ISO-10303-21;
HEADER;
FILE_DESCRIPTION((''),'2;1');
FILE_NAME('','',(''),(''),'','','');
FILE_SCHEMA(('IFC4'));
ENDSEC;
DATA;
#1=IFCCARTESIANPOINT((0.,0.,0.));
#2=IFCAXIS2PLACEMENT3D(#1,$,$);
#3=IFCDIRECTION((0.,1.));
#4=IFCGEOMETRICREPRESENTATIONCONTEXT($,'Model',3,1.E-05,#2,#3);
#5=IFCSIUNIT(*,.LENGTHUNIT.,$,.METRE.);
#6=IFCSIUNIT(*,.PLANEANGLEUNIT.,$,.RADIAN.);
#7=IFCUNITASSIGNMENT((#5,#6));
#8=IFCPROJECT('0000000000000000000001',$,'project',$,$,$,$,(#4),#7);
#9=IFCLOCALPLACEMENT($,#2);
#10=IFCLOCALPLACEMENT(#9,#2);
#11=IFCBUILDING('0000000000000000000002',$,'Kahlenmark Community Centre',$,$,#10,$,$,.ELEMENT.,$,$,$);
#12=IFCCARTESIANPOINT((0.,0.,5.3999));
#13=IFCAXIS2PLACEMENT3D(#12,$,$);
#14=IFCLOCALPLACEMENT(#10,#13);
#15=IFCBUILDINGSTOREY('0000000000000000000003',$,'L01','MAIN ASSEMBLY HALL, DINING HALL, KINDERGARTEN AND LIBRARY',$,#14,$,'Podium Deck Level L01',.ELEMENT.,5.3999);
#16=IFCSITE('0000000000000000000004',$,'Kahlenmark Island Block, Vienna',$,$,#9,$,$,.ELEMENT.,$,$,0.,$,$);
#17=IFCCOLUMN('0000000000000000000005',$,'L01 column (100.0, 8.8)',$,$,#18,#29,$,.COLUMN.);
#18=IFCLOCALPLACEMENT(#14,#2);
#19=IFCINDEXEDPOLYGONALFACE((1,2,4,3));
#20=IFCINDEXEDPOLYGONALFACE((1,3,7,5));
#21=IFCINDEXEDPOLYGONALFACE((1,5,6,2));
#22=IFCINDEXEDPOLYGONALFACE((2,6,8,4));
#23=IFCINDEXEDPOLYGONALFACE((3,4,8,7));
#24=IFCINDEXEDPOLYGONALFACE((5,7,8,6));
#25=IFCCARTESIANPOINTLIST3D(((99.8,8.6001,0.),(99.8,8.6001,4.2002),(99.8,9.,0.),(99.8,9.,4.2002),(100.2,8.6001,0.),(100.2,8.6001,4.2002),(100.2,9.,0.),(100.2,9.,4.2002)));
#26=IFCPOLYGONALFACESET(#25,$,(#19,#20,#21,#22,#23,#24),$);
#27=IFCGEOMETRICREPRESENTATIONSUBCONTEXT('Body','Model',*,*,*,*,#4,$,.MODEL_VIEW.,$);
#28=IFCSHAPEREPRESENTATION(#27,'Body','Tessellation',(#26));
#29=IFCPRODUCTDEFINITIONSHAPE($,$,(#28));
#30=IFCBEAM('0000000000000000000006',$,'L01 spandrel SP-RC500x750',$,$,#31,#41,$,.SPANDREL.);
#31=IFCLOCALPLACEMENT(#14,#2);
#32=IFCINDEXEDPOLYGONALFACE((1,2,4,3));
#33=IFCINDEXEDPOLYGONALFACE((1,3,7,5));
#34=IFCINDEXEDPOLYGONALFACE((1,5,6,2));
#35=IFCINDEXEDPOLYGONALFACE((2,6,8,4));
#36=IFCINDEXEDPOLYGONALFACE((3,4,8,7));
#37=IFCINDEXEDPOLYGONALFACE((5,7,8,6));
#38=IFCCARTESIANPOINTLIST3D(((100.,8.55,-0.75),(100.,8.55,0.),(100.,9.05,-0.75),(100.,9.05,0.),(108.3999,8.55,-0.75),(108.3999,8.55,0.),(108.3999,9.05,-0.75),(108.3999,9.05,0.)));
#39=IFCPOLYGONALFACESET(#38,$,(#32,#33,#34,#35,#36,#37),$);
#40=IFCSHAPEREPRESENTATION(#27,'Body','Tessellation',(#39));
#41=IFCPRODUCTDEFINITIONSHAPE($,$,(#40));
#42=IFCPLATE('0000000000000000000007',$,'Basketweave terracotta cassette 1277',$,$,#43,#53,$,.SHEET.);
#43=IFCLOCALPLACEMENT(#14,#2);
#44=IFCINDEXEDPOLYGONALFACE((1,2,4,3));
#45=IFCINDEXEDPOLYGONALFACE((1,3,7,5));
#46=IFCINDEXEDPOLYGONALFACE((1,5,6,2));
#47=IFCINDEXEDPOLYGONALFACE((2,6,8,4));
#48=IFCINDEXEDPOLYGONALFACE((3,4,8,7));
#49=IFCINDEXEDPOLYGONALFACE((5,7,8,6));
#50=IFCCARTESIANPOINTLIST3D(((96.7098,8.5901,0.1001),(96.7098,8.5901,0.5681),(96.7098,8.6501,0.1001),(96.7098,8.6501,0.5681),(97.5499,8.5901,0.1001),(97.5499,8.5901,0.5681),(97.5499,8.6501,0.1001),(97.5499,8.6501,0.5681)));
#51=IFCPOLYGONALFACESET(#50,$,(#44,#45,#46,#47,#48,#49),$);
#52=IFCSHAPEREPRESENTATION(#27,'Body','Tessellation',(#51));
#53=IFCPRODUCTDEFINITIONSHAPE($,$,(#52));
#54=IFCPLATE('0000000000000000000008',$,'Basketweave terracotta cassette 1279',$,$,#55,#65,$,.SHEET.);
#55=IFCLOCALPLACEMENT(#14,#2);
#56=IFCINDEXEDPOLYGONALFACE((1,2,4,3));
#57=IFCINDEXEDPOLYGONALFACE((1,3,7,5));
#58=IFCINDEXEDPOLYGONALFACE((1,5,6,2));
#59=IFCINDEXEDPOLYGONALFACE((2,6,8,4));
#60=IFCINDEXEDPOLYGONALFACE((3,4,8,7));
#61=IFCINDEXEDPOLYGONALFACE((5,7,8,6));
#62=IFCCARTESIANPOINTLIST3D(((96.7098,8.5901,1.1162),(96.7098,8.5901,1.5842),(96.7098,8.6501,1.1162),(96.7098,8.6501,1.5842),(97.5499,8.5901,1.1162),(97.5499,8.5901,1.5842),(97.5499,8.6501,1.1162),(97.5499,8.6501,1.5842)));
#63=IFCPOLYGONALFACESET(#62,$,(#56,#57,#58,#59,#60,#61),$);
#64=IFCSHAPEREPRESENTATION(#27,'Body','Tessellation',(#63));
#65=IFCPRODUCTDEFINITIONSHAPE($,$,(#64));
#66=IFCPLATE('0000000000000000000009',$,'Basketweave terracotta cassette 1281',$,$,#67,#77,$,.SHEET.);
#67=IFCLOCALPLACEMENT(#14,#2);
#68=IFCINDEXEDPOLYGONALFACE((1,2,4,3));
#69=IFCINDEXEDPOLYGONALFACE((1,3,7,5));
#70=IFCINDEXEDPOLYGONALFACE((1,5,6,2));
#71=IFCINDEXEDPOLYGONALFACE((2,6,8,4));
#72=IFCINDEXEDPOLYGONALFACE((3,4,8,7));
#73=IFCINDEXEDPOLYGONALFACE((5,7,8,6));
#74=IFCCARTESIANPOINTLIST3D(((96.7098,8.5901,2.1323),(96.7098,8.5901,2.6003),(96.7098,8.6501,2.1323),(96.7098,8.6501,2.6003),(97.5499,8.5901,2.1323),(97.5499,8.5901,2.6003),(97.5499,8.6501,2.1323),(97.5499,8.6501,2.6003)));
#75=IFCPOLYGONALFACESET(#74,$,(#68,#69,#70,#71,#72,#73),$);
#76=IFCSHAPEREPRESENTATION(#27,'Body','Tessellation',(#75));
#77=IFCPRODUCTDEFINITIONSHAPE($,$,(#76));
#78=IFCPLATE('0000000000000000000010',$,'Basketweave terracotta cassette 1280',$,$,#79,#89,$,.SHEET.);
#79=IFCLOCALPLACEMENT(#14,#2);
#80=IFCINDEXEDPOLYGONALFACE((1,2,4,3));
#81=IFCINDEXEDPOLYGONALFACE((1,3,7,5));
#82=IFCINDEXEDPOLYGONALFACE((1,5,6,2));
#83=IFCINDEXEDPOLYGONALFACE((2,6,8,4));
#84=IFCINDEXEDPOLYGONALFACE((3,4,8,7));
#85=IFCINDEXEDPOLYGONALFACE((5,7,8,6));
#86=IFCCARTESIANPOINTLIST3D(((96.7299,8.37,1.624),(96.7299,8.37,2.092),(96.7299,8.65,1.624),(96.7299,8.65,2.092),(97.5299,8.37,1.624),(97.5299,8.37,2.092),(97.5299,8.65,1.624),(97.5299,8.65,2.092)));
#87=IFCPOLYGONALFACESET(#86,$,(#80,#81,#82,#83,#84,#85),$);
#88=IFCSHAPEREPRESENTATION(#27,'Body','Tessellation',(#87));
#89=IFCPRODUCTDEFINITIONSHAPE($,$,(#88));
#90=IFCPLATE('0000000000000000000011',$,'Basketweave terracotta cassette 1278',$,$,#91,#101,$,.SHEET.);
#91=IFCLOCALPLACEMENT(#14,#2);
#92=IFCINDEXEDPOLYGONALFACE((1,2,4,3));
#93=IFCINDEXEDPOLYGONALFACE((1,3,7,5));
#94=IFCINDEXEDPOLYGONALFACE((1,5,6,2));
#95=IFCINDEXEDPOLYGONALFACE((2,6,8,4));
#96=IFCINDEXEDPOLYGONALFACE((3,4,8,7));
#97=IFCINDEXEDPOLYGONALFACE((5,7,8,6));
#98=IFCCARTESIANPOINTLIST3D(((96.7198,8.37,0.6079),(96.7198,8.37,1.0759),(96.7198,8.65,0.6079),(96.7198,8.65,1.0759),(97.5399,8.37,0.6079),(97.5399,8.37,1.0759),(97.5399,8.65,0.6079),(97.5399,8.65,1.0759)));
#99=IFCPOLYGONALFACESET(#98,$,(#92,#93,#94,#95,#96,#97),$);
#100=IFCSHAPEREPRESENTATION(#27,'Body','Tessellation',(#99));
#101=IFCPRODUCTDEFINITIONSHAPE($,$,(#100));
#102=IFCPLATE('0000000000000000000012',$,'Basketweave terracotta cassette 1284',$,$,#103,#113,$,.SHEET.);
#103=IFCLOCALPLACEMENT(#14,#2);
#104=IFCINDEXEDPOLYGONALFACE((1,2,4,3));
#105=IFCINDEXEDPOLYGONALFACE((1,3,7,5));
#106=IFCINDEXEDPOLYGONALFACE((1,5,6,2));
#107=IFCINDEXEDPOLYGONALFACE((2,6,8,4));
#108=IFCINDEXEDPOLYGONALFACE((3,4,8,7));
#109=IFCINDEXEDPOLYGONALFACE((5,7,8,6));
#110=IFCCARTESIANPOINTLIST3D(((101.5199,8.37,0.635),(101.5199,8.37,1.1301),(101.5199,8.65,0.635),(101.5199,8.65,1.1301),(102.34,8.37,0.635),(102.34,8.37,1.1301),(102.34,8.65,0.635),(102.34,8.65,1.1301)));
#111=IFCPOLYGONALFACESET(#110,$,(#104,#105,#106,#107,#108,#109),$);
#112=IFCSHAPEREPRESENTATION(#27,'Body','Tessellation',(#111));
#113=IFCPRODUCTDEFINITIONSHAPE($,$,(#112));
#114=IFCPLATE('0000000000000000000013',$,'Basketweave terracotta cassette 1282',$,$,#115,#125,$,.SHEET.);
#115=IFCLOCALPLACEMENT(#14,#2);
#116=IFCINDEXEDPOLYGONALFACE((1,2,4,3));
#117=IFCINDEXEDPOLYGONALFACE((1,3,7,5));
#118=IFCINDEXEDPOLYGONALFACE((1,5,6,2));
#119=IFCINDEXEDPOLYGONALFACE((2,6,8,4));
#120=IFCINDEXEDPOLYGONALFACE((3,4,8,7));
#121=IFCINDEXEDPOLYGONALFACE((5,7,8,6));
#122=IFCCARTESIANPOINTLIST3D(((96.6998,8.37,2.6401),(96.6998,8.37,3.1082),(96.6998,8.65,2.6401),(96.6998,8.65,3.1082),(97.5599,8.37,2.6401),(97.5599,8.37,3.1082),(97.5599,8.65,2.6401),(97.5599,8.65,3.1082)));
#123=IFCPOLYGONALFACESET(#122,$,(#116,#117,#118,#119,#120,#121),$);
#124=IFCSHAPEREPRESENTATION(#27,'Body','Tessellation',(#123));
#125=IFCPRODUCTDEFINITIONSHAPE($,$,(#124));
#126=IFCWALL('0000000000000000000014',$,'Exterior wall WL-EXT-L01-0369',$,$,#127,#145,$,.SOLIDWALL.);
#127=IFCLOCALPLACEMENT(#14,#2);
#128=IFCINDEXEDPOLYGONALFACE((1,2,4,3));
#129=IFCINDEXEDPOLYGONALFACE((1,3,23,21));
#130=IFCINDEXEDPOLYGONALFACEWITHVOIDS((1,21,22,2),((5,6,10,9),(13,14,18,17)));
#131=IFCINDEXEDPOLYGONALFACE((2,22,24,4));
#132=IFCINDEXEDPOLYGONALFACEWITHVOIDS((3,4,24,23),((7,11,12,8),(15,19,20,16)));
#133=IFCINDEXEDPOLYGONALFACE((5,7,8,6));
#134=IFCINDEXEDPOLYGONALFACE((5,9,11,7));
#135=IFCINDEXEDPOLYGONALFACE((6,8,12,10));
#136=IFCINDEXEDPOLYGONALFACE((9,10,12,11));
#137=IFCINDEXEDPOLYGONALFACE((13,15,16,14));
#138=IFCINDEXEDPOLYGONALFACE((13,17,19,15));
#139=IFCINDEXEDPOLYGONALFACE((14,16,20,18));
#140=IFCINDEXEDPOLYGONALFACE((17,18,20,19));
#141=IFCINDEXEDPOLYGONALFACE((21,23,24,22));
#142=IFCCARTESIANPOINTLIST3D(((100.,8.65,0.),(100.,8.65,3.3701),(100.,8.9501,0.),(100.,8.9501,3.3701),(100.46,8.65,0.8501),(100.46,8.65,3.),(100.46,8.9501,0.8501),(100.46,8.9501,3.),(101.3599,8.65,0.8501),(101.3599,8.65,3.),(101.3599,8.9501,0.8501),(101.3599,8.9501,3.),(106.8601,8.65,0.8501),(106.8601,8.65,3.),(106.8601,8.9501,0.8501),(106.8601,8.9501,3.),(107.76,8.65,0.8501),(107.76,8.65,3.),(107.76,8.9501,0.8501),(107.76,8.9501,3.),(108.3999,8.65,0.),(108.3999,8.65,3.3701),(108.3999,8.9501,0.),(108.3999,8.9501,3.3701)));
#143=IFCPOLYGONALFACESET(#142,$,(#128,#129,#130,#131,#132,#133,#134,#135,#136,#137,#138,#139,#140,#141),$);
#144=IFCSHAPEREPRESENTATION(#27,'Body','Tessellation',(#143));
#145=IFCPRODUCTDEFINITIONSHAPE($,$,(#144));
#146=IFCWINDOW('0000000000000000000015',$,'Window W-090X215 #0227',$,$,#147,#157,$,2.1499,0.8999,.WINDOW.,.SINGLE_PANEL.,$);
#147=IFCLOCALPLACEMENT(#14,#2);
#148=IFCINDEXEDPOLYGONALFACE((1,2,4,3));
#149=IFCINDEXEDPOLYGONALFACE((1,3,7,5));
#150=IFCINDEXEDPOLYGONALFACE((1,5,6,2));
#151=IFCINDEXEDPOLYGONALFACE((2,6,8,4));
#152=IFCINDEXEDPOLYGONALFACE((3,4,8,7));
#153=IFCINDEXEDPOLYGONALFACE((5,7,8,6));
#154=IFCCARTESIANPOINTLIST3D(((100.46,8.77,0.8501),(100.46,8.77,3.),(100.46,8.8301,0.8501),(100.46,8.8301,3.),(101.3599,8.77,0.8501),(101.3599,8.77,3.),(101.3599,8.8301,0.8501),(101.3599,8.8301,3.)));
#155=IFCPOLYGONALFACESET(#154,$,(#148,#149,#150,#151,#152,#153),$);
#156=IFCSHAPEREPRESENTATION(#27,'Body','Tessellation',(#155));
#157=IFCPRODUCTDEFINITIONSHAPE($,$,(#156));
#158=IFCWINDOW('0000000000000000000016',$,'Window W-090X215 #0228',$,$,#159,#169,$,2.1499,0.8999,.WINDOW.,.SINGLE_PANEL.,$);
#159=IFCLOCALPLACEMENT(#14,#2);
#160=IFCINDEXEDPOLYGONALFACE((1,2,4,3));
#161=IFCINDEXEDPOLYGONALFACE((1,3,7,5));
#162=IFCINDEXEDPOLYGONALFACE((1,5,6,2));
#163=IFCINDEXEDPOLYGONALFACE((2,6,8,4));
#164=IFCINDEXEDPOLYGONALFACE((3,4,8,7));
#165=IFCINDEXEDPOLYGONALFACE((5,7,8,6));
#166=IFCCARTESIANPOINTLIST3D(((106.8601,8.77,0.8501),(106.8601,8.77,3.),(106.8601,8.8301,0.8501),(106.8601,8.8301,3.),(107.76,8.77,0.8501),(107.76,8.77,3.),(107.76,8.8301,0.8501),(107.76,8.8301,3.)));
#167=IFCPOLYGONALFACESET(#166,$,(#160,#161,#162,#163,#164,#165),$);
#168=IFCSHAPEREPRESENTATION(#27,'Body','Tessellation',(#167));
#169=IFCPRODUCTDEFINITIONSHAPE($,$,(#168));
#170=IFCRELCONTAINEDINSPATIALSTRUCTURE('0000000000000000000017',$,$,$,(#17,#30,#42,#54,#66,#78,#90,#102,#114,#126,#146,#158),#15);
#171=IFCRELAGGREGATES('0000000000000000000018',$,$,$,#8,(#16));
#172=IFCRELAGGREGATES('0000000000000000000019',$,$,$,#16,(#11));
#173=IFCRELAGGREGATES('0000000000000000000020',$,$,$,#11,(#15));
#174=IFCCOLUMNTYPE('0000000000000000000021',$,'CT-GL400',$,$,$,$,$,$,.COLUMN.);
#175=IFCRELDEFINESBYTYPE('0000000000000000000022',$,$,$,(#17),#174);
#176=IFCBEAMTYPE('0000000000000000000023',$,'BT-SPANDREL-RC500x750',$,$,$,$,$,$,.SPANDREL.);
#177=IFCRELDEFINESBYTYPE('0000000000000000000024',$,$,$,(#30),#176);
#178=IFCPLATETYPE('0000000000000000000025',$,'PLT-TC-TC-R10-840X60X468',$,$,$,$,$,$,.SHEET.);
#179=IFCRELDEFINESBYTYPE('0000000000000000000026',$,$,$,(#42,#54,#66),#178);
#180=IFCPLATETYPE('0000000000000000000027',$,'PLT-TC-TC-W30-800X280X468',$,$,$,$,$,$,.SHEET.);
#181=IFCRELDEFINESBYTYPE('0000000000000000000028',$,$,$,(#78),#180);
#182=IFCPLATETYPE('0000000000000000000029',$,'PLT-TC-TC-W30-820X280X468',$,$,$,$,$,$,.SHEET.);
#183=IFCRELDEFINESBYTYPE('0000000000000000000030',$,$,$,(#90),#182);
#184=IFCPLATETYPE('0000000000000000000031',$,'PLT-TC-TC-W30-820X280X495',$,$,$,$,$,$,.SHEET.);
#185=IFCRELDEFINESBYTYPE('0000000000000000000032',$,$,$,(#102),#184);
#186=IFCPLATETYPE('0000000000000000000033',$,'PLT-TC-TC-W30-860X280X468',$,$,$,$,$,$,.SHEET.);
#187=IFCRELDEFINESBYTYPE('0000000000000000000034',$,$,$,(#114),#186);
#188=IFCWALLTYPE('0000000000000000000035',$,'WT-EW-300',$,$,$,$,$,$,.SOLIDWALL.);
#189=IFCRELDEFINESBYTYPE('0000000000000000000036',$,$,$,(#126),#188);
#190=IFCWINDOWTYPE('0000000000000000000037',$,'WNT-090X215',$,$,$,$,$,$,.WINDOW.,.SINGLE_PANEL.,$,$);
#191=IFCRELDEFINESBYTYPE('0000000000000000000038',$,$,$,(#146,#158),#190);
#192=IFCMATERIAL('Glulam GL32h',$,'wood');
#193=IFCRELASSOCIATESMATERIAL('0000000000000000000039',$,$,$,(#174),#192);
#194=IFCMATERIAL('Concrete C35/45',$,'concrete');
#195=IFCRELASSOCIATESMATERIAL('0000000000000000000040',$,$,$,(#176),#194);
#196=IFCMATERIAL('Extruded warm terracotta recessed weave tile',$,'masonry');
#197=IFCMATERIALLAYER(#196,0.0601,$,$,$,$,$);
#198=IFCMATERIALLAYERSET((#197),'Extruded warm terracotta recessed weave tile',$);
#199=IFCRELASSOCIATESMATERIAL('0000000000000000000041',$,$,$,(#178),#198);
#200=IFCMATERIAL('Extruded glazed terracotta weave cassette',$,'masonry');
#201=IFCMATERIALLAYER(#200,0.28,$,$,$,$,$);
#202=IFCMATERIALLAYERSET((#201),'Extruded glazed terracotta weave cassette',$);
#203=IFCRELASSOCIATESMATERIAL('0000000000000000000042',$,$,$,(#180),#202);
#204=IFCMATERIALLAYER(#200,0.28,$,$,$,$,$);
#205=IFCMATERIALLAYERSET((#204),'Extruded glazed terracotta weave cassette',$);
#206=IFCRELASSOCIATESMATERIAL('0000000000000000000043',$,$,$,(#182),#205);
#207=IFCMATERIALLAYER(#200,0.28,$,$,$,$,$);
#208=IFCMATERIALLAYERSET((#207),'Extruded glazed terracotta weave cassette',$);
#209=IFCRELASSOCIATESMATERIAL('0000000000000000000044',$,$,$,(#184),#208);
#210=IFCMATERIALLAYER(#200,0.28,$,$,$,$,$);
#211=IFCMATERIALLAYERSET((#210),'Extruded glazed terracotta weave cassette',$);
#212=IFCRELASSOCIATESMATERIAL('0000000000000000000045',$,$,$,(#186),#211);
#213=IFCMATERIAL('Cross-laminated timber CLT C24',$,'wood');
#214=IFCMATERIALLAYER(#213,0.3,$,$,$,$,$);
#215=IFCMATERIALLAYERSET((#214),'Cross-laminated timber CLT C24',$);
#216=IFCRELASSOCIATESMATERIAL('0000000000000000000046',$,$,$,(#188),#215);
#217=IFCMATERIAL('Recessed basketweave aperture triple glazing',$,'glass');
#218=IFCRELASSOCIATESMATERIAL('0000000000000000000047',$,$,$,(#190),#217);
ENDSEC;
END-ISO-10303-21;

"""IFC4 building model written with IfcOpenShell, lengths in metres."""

from ifc_helpers import new_model, si_unit, direction, frame, frame_2d, origin, origin_2d, place, context, subcontext, project, spatial, rectangle, extrude, material, layer, layer_set, material_profile, profile_set, type_object, element, fill, save


model = new_model("IFC4")

# Units and contexts
model_context = context("Model", 3, precision=1e-05, world=origin(), true_north=direction((0.0, 1.0)))
body_context = subcontext(model_context, "Body", "Model", "MODEL_VIEW")
ifc_project = project(units=[si_unit("LENGTHUNIT", "METRE"), si_unit("PLANEANGLEUNIT", "RADIAN")], contexts=[model_context])

# Site, building, storey
site_placement = place(None, origin())
site = spatial("IfcSite", under=ifc_project, at=site_placement, Name="Kahlenmark Island Block, Vienna", CompositionType="ELEMENT", RefElevation=0.0)
building_placement = place(site_placement, origin())
building = spatial("IfcBuilding", under=site, at=building_placement, Name="Kahlenmark Community Centre", CompositionType="ELEMENT")
storey_placement = place(building_placement, frame((0.0, 0.0, 5.3999)))
storey = spatial("IfcBuildingStorey", under=building, at=storey_placement, Name="L01", Description="MAIN ASSEMBLY HALL, DINING HALL, KINDERGARTEN AND LIBRARY", LongName="Podium Deck Level L01", CompositionType="ELEMENT", Elevation=5.3999)

# Column
ifc_material_1 = material(Name="Glulam GL32h", Category="wood")
ifc_material_profile_1 = material_profile(ifc_material_1, rectangle(XDim=0.3999, YDim=0.3999, at=origin_2d()), Name="GL32h 400x400")
ifc_profile_set_1 = profile_set([ifc_material_profile_1], Name="Glulam GL32h")
column_type = type_object("IfcColumnType", Name="CT-GL400", PredefinedType="COLUMN", material=ifc_profile_set_1)
column_placement = place(storey_placement, frame((100.0, 8.8, 0.0), z_axis=(0.0, 0.0, 1.0), x_axis=(1.0, 0.0, 0.0)))
element("IfcColumn", 1, at=column_placement, inside=storey, type_object=column_type, Name="L01 column (100.0, 8.8)", PredefinedType="COLUMN", context=body_context, shape_type="SweptSolid", body=[
    extrude(rectangle(XDim=0.3999, YDim=0.3999, at=origin_2d()), origin(), (0.0, 0.0, 1.0), 4.2002),
])

# Beam
ifc_material_2 = material(Name="Concrete C35/45", Category="concrete")
ifc_material_profile_2 = material_profile(ifc_material_2, rectangle(XDim=0.5, YDim=0.75, at=origin_2d()), Name="RC 500x750")
ifc_profile_set_2 = profile_set([ifc_material_profile_2], Name="Concrete C35/45")
beam_type = type_object("IfcBeamType", Name="BT-SPANDREL-RC500x750", PredefinedType="SPANDREL", material=ifc_profile_set_2)
beam_placement = place(storey_placement, frame((100.0, 8.8, -0.375), z_axis=(1.0, 0.0, 0.0), x_axis=(0.0, 1.0, 0.0)))
element("IfcBeam", 2, at=beam_placement, inside=storey, type_object=beam_type, Name="L01 spandrel SP-RC500x750", PredefinedType="SPANDREL", context=body_context, shape_type="SweptSolid", body=[
    extrude(rectangle(XDim=0.5, YDim=0.75, at=origin_2d()), origin(), (0.0, 0.0, 1.0), 8.3999),
])

# Plates
ifc_material_3 = material(Name="Extruded warm terracotta recessed weave tile", Category="masonry")
ifc_layer_1 = layer(ifc_material_3, 0.0601)
ifc_layer_set_1 = layer_set([ifc_layer_1], Name="Extruded warm terracotta recessed weave tile")
plate_type_1 = type_object("IfcPlateType", Name="PLT-TC-TC-R10-840X60X468", PredefinedType="SHEET", material=ifc_layer_set_1)
for number, where, z_axis, x_axis, name in (
    (3, (97.1299, 8.6201, 0.1001), (0.0, 0.0, 1.0), (1.0, 0.0, 0.0), "Basketweave terracotta cassette 1277"),
    (4, (97.1299, 8.6201, 1.1162), (0.0, 0.0, 1.0), (1.0, 0.0, 0.0), "Basketweave terracotta cassette 1279"),
    (5, (97.1299, 8.6201, 2.1323), (0.0, 0.0, 1.0), (1.0, 0.0, 0.0), "Basketweave terracotta cassette 1281"),
):
    element("IfcPlate", number, at=place(storey_placement, frame(where, z_axis=z_axis, x_axis=x_axis)), inside=storey, type_object=plate_type_1, Name=name, PredefinedType="SHEET", context=body_context, shape_type="SweptSolid", body=[
        extrude(rectangle(XDim=0.8401, YDim=0.0601, at=origin_2d()), origin(), (0.0, 0.0, 1.0), 0.468),
    ])
ifc_material_4 = material(Name="Extruded glazed terracotta weave cassette", Category="masonry")
ifc_layer_2 = layer(ifc_material_4, 0.28)
ifc_layer_set_2 = layer_set([ifc_layer_2], Name="Extruded glazed terracotta weave cassette")
plate_type_2 = type_object("IfcPlateType", Name="PLT-TC-TC-W30-800X280X468", PredefinedType="SHEET", material=ifc_layer_set_2)
plate_1_placement = place(storey_placement, frame((97.1299, 8.51, 1.624), z_axis=(0.0, 0.0, 1.0), x_axis=(1.0, 0.0, 0.0)))
element("IfcPlate", 6, at=plate_1_placement, inside=storey, type_object=plate_type_2, Name="Basketweave terracotta cassette 1280", PredefinedType="SHEET", context=body_context, shape_type="SweptSolid", body=[
    extrude(rectangle(XDim=0.8, YDim=0.28, at=origin_2d()), origin(), (0.0, 0.0, 1.0), 0.468),
])
ifc_layer_3 = layer(ifc_material_4, 0.28)
ifc_layer_set_3 = layer_set([ifc_layer_3], Name="Extruded glazed terracotta weave cassette")
plate_type_3 = type_object("IfcPlateType", Name="PLT-TC-TC-W30-820X280X468", PredefinedType="SHEET", material=ifc_layer_set_3)
plate_2_placement = place(storey_placement, frame((97.1299, 8.51, 0.6079), z_axis=(0.0, 0.0, 1.0), x_axis=(1.0, 0.0, 0.0)))
element("IfcPlate", 7, at=plate_2_placement, inside=storey, type_object=plate_type_3, Name="Basketweave terracotta cassette 1278", PredefinedType="SHEET", context=body_context, shape_type="SweptSolid", body=[
    extrude(rectangle(XDim=0.8201, YDim=0.28, at=origin_2d()), origin(), (0.0, 0.0, 1.0), 0.468),
])
ifc_layer_4 = layer(ifc_material_4, 0.28)
ifc_layer_set_4 = layer_set([ifc_layer_4], Name="Extruded glazed terracotta weave cassette")
plate_type_4 = type_object("IfcPlateType", Name="PLT-TC-TC-W30-820X280X495", PredefinedType="SHEET", material=ifc_layer_set_4)
plate_3_placement = place(storey_placement, frame((101.9299, 8.51, 0.635), z_axis=(0.0, 0.0, 1.0), x_axis=(1.0, 0.0, 0.0)))
element("IfcPlate", 8, at=plate_3_placement, inside=storey, type_object=plate_type_4, Name="Basketweave terracotta cassette 1284", PredefinedType="SHEET", context=body_context, shape_type="SweptSolid", body=[
    extrude(rectangle(XDim=0.8201, YDim=0.28, at=origin_2d()), origin(), (0.0, 0.0, 1.0), 0.4951),
])
ifc_layer_5 = layer(ifc_material_4, 0.28)
ifc_layer_set_5 = layer_set([ifc_layer_5], Name="Extruded glazed terracotta weave cassette")
plate_type_5 = type_object("IfcPlateType", Name="PLT-TC-TC-W30-860X280X468", PredefinedType="SHEET", material=ifc_layer_set_5)
plate_4_placement = place(storey_placement, frame((97.1299, 8.51, 2.6401), z_axis=(0.0, 0.0, 1.0), x_axis=(1.0, 0.0, 0.0)))
element("IfcPlate", 9, at=plate_4_placement, inside=storey, type_object=plate_type_5, Name="Basketweave terracotta cassette 1282", PredefinedType="SHEET", context=body_context, shape_type="SweptSolid", body=[
    extrude(rectangle(XDim=0.8601, YDim=0.28, at=origin_2d()), origin(), (0.0, 0.0, 1.0), 0.468),
])

# Wall, openings, windows
ifc_material_5 = material(Name="Cross-laminated timber CLT C24", Category="wood")
ifc_layer_6 = layer(ifc_material_5, 0.3)
ifc_layer_set_6 = layer_set([ifc_layer_6], Name="Cross-laminated timber CLT C24")
wall_type = type_object("IfcWallType", Name="WT-EW-300", PredefinedType="SOLIDWALL", material=ifc_layer_set_6)
wall_placement = place(storey_placement, frame((100.0, 8.8, 0.0), z_axis=(0.0, 0.0, 1.0), x_axis=(1.0, 0.0, 0.0)))
wall = element("IfcWall", 10, at=wall_placement, inside=storey, type_object=wall_type, Name="Exterior wall WL-EXT-L01-0369", PredefinedType="SOLIDWALL", context=body_context, shape_type="SweptSolid", body=[
    extrude(rectangle(XDim=8.3999, YDim=0.3, at=frame_2d((4.2, 0.0))), origin(), (0.0, 0.0, 1.0), 3.3701),
])
opening_1_placement = place(wall_placement, frame((0.46, 0.0, 0.8501)))
opening_1 = element("IfcOpeningElement", 11, at=opening_1_placement, cuts=wall, PredefinedType="OPENING", context=body_context, shape_type="SweptSolid", body=[
    extrude(rectangle(XDim=0.8999, YDim=2.1499, at=frame_2d((0.45, 1.075))), frame((0.0, 0.1599, 0.0), z_axis=(0.0, -1.0, 0.0), x_axis=(1.0, 0.0, 0.0)), (0.0, 0.0, 1.0), 0.3201),
])
opening_2_placement = place(wall_placement, frame((6.8601, 0.0, 0.8501)))
opening_2 = element("IfcOpeningElement", 12, at=opening_2_placement, cuts=wall, PredefinedType="OPENING", context=body_context, shape_type="SweptSolid", body=[
    extrude(rectangle(XDim=0.8999, YDim=2.1499, at=frame_2d((0.45, 1.075))), frame((0.0, 0.1599, 0.0), z_axis=(0.0, -1.0, 0.0), x_axis=(1.0, 0.0, 0.0)), (0.0, 0.0, 1.0), 0.3201),
])
ifc_material_6 = material(Name="Recessed basketweave aperture triple glazing", Category="glass")
window_type = type_object("IfcWindowType", Name="WNT-090X215", PartitioningType="SINGLE_PANEL", PredefinedType="WINDOW", material=ifc_material_6)
window_1_placement = place(opening_1_placement, origin())
window_1 = element("IfcWindow", 13, at=window_1_placement, inside=storey, type_object=window_type, Name="Window W-090X215 #0227", OverallHeight=2.1499, OverallWidth=0.8999, PartitioningType="SINGLE_PANEL", PredefinedType="WINDOW", context=body_context, shape_type="SweptSolid", body=[
    extrude(rectangle(XDim=0.8999, YDim=2.1499, at=frame_2d((0.45, 1.075))), frame((0.0, 0.03, 0.0), z_axis=(0.0, -1.0, 0.0), x_axis=(1.0, 0.0, 0.0)), (0.0, 0.0, 1.0), 0.0601),
])
fill(opening_1, window_1)
window_2_placement = place(opening_2_placement, origin())
window_2 = element("IfcWindow", 14, at=window_2_placement, inside=storey, type_object=window_type, Name="Window W-090X215 #0228", OverallHeight=2.1499, OverallWidth=0.8999, PartitioningType="SINGLE_PANEL", PredefinedType="WINDOW", context=body_context, shape_type="SweptSolid", body=[
    extrude(rectangle(XDim=0.8999, YDim=2.1499, at=frame_2d((0.45, 1.075))), frame((0.0, 0.03, 0.0), z_axis=(0.0, -1.0, 0.0), x_axis=(1.0, 0.0, 0.0)), (0.0, 0.0, 1.0), 0.0601),
])
fill(opening_2, window_2)

save(model, "model.ifc")
